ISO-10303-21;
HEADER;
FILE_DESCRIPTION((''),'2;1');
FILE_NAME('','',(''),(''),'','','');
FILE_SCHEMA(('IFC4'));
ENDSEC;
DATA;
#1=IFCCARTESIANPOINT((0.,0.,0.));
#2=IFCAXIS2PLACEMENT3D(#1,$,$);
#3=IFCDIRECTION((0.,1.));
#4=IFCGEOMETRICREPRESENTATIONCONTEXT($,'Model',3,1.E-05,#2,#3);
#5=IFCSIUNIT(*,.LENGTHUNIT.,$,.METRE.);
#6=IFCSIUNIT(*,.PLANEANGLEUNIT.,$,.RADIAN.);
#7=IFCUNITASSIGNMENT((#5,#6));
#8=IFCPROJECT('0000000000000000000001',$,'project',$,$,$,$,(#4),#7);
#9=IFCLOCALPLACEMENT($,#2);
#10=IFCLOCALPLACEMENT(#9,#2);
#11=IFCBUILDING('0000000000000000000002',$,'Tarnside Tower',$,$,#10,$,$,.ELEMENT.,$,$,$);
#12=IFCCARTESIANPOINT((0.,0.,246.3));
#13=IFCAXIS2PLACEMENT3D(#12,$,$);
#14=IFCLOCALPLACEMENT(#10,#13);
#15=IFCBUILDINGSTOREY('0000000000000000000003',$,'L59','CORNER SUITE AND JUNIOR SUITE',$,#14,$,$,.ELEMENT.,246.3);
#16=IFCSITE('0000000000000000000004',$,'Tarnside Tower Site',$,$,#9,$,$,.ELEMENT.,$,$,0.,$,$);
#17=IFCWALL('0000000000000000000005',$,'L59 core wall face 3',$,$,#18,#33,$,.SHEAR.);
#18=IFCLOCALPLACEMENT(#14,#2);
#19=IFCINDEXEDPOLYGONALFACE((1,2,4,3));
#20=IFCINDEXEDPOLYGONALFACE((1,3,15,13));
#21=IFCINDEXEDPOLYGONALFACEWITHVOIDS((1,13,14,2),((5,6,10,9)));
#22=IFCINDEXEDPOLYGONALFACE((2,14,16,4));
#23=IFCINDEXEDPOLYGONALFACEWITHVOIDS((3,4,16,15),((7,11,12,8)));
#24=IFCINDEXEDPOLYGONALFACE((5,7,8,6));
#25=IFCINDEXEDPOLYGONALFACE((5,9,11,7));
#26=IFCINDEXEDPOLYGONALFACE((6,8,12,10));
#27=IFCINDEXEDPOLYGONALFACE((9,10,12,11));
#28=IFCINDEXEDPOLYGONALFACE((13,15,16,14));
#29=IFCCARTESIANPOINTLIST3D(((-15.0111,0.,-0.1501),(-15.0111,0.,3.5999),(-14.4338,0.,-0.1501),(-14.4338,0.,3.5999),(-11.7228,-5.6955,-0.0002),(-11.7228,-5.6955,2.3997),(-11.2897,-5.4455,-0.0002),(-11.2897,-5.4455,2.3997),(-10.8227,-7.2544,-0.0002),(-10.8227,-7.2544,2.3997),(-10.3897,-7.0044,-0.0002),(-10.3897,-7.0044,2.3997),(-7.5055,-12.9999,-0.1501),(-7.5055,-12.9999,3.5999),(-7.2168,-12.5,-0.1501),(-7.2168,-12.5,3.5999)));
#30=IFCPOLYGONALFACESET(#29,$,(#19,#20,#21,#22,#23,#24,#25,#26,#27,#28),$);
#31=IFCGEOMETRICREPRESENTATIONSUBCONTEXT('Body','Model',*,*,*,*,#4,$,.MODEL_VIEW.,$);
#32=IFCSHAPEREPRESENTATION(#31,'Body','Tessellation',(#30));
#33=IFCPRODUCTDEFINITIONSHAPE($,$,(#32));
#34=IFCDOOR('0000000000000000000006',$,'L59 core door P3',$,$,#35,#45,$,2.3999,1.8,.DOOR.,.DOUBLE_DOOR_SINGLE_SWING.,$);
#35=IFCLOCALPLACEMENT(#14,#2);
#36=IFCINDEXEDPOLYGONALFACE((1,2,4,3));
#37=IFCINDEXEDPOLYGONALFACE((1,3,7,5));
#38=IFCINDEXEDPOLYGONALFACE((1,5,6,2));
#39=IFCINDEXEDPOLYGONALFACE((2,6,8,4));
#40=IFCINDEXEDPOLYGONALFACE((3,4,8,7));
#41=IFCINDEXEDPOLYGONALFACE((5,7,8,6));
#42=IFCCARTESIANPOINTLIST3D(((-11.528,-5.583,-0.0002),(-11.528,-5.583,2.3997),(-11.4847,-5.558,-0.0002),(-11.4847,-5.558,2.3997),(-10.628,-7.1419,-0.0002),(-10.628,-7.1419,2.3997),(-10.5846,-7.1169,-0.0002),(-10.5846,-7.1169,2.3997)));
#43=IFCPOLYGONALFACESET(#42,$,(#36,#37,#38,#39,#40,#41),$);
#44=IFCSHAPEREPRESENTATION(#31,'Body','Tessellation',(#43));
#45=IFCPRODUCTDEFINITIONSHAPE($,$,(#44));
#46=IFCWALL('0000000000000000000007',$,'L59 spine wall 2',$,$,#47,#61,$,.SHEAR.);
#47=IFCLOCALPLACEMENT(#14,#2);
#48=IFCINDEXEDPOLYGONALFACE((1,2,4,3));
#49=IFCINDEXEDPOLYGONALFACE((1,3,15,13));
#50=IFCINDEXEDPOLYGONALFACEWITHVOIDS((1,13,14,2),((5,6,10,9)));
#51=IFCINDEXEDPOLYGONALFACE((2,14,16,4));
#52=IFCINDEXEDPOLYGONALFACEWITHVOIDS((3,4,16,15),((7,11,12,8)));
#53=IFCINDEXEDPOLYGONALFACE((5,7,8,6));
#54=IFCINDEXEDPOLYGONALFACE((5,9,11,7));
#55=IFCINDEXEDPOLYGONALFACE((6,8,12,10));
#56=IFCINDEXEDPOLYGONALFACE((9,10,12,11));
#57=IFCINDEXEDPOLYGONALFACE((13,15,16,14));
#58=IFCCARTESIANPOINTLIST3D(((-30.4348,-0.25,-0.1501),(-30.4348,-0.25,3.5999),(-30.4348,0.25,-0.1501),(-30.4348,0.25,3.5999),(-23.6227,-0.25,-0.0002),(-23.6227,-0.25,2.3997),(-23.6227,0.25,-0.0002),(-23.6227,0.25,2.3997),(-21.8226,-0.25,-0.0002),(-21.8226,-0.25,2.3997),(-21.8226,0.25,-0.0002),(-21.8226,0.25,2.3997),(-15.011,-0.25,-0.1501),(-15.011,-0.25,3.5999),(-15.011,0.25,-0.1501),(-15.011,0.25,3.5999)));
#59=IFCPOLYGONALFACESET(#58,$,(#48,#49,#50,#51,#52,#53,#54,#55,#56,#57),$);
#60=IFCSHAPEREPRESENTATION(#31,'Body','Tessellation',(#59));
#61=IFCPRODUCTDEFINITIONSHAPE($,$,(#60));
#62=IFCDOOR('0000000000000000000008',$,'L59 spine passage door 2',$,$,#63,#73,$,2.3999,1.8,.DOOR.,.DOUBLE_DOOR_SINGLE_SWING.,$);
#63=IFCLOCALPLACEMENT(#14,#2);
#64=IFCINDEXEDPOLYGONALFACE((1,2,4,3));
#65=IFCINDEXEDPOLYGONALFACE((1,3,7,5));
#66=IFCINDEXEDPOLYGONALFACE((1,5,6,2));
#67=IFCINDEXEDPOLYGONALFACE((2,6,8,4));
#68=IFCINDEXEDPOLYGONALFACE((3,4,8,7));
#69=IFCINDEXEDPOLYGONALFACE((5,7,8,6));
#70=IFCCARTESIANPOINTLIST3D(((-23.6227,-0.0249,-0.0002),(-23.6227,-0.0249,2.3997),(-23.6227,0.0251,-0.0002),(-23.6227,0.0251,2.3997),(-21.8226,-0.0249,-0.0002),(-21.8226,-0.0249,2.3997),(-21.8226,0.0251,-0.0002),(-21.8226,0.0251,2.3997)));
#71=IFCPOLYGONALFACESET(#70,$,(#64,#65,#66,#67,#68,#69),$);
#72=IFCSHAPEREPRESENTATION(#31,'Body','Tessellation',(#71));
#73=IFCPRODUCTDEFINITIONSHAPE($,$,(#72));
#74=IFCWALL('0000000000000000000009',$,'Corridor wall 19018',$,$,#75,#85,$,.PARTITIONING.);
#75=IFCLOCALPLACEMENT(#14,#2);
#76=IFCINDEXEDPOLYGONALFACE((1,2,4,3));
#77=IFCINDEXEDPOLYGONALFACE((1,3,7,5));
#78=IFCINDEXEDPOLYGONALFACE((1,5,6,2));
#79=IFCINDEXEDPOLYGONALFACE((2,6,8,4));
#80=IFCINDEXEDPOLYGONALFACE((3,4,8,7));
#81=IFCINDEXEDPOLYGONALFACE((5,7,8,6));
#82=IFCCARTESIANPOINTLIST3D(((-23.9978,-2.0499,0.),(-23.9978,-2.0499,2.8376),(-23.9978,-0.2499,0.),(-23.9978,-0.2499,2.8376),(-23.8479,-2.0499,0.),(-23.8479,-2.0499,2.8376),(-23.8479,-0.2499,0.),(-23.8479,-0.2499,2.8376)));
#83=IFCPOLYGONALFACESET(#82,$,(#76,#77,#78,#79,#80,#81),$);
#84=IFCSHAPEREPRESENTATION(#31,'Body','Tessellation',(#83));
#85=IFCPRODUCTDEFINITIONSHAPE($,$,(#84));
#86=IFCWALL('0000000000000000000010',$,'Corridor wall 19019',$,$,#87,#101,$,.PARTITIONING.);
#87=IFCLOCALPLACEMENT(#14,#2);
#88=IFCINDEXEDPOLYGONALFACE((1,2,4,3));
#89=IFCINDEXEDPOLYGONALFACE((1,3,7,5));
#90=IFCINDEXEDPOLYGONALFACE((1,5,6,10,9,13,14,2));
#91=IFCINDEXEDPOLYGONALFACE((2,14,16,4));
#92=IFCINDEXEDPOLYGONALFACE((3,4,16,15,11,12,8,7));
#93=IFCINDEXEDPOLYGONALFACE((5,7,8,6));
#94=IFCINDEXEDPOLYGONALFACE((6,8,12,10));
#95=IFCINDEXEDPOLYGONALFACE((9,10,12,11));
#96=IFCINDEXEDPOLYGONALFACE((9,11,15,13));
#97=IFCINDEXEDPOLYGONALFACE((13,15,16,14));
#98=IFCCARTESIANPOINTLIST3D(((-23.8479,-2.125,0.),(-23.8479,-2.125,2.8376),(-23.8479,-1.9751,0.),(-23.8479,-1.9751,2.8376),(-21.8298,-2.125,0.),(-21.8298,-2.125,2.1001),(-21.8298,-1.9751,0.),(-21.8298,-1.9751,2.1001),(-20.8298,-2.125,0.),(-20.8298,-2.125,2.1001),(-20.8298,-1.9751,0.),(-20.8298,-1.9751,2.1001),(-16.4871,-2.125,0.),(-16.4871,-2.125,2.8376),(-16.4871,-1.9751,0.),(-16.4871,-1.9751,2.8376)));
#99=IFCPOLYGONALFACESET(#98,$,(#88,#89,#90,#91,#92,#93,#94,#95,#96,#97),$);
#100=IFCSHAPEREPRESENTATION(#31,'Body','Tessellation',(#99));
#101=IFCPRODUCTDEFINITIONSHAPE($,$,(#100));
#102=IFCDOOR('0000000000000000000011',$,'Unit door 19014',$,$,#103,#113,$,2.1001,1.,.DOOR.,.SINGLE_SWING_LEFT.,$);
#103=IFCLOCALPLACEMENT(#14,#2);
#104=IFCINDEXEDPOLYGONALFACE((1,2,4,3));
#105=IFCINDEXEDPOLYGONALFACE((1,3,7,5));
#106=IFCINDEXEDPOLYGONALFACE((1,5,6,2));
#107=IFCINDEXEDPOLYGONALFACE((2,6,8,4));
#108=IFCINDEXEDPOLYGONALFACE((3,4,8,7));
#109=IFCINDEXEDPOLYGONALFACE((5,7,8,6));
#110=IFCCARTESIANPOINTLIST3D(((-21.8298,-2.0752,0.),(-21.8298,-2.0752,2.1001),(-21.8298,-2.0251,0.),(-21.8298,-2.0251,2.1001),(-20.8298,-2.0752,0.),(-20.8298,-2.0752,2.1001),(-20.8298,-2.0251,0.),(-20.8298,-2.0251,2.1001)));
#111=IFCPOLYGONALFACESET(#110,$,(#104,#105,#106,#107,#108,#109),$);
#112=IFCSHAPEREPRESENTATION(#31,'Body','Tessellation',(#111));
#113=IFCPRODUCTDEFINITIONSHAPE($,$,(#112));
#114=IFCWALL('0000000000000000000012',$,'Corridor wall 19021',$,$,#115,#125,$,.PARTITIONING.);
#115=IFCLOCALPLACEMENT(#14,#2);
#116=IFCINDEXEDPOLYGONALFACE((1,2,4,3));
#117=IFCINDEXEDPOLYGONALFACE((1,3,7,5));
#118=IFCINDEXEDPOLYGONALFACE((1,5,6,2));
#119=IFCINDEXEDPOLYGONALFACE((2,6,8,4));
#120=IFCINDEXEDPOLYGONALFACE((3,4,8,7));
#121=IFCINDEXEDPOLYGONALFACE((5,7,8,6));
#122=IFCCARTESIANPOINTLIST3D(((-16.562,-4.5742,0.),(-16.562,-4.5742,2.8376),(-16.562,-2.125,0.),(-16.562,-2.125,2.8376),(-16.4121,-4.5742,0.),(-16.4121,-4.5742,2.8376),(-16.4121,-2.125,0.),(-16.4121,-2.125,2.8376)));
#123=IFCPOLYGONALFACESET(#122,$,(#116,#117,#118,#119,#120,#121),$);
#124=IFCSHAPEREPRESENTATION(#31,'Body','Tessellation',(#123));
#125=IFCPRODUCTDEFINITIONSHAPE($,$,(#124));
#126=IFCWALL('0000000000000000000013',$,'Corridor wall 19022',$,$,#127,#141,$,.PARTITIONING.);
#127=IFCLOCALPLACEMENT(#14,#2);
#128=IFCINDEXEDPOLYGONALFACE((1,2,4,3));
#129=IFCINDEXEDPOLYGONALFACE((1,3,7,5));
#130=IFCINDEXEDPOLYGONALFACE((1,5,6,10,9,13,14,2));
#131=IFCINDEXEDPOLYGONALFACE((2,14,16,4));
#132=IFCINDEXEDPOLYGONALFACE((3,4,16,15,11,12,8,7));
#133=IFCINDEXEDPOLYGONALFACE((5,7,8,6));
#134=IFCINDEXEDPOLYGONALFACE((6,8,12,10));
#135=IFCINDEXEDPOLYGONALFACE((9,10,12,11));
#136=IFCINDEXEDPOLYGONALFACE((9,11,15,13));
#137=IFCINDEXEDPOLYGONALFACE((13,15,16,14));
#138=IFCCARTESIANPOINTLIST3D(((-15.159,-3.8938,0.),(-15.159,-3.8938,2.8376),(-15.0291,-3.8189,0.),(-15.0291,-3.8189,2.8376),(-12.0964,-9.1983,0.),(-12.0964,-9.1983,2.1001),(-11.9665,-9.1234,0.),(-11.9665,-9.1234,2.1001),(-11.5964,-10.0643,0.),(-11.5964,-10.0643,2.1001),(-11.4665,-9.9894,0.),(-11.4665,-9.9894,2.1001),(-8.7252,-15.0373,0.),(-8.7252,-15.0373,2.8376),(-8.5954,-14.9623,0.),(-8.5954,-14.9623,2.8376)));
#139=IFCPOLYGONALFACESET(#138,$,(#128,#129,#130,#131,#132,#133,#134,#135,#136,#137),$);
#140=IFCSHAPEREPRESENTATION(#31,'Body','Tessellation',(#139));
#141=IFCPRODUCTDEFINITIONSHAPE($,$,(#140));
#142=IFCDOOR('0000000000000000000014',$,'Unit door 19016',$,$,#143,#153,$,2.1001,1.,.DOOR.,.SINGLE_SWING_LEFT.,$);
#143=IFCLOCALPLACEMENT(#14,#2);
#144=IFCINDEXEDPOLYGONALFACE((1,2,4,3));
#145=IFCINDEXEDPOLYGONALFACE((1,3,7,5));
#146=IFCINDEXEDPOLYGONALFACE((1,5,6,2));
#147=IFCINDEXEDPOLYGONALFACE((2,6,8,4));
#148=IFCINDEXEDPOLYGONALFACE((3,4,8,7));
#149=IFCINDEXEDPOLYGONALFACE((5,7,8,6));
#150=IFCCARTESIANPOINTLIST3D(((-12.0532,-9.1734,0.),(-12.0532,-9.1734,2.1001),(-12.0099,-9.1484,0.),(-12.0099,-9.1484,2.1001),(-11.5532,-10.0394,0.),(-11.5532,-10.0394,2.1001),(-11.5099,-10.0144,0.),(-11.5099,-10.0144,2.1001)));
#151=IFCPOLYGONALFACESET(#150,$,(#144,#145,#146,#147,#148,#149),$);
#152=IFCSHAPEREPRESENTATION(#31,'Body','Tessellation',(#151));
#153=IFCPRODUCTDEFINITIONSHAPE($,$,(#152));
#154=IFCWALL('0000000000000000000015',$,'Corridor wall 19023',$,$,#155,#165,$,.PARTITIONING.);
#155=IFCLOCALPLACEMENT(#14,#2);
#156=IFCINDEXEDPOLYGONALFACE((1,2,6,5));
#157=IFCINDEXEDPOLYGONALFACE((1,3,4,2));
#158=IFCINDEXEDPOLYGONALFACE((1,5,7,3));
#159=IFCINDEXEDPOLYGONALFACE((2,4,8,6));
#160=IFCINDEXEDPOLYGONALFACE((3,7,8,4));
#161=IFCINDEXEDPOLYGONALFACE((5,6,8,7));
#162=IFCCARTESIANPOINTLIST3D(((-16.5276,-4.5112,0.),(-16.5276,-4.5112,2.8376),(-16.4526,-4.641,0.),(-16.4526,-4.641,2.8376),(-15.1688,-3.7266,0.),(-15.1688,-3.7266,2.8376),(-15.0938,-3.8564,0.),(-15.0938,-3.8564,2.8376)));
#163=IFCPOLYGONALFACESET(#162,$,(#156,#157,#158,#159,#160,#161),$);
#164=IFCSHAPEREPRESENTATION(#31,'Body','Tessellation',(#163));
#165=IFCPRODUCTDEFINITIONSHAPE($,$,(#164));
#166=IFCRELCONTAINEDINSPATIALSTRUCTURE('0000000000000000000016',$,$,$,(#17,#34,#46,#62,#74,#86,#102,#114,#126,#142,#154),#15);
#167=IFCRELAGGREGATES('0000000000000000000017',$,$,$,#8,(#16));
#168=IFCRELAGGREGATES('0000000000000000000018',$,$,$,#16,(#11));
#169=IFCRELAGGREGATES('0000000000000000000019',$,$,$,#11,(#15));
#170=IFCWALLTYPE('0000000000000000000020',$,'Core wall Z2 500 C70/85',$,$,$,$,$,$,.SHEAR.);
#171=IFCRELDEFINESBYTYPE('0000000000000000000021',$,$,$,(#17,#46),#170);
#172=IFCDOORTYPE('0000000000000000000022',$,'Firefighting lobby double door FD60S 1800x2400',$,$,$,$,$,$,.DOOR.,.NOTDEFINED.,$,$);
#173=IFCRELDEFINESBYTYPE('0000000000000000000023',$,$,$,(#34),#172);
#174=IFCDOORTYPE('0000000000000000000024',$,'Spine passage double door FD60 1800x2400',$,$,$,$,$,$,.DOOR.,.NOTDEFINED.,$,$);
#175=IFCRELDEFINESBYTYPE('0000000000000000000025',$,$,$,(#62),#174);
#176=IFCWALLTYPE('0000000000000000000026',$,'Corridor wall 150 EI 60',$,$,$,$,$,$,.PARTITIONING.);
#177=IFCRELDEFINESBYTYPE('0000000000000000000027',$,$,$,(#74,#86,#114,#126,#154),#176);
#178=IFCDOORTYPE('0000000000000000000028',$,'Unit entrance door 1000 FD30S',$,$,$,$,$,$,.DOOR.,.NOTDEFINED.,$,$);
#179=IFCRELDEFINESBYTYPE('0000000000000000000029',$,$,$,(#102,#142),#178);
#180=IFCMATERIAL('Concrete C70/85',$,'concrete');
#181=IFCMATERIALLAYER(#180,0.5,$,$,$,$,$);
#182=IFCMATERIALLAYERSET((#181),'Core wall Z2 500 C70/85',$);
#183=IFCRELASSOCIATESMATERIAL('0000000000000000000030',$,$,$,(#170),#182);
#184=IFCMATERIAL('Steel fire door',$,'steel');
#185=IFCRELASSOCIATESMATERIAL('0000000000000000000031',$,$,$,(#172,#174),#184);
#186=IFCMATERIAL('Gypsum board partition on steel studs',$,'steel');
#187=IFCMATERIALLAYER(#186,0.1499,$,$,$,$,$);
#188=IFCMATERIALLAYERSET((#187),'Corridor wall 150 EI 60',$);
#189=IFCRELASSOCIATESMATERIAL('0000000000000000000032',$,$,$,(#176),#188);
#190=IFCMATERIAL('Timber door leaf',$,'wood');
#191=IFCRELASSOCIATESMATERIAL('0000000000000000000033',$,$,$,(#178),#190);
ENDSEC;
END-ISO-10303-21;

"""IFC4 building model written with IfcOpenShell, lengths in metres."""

from ifc_helpers import new_model, si_unit, direction, frame, frame_2d, origin, place, context, subcontext, project, spatial, polyline, rectangle, outline, extrude, material, layer, layer_set, type_object, element, fill, save


model = new_model("IFC4")

# Units and contexts
model_context = context("Model", 3, precision=1e-05, world=origin(), true_north=direction((0.0, 1.0)))
body_context = subcontext(model_context, "Body", "Model", "MODEL_VIEW")
ifc_project = project(units=[si_unit("LENGTHUNIT", "METRE"), si_unit("PLANEANGLEUNIT", "RADIAN")], contexts=[model_context])

# Site, building, storey
site_placement = place(None, origin())
site = spatial("IfcSite", under=ifc_project, at=site_placement, Name="Tarnside Tower Site", CompositionType="ELEMENT", RefElevation=0.0)
building_placement = place(site_placement, origin())
building = spatial("IfcBuilding", under=site, at=building_placement, Name="Tarnside Tower", CompositionType="ELEMENT")
storey_placement = place(building_placement, frame((0.0, 0.0, 246.3)))
storey = spatial("IfcBuildingStorey", under=building, at=storey_placement, Name="L59", Description="CORNER SUITE AND JUNIOR SUITE", CompositionType="ELEMENT", Elevation=246.3)

# Shared definitions
ifc_material_1 = material(Name="Gypsum board partition on steel studs", Category="steel")

# Walls, openings, doors
ifc_material_2 = material(Name="Timber door leaf", Category="wood")
ifc_material_3 = material(Name="Concrete C70/85", Category="concrete")
ifc_layer_1 = layer(ifc_material_3, 0.5)
ifc_layer_set_1 = layer_set([ifc_layer_1], Name="Core wall Z2 500 C70/85")
wall_type_1 = type_object("IfcWallType", Name="Core wall Z2 500 C70/85", PredefinedType="SHEAR", material=ifc_layer_set_1)
wall_1_placement = place(storey_placement, frame((-14.7224, 0.0, -0.1501), z_axis=(0.0, 0.0, 1.0), x_axis=(0.500006, -0.866022, 0.0)))
wall_1 = element("IfcWall", 1, at=wall_1_placement, inside=storey, type_object=wall_type_1, Name="L59 core wall face 3", PredefinedType="SHEAR", context=body_context, shape_type="SweptSolid", body=[
    extrude(outline(polyline([(-0.1443, -0.25), (14.8667, -0.25), (14.5781, 0.25), (0.1443, 0.25), (-0.1443, -0.25)])), origin(), (0.0, 0.0, 1.0), 3.75),
])
opening_1_placement = place(wall_1_placement, frame((6.4324, 0.0, 0.1499)))
opening_1 = element("IfcOpeningElement", 2, at=opening_1_placement, cuts=wall_1, PredefinedType="OPENING", context=body_context, shape_type="SweptSolid", body=[
    extrude(rectangle(XDim=1.8, YDim=2.3999, at=frame_2d((0.8999, 1.2))), frame((0.0, 0.26, 0.0), z_axis=(0.0, -1.0, 0.0), x_axis=(1.0, 0.0, 0.0)), (0.0, 0.0, 1.0), 0.52),
])
ifc_material_4 = material(Name="Steel fire door", Category="steel")
door_type_1 = type_object("IfcDoorType", Name="Firefighting lobby double door FD60S 1800x2400", OperationType="NOTDEFINED", PredefinedType="DOOR", material=ifc_material_4)
door_1_placement = place(opening_1_placement, origin())
door_1 = element("IfcDoor", 3, at=door_1_placement, inside=storey, type_object=door_type_1, Name="L59 core door P3", OperationType="DOUBLE_DOOR_SINGLE_SWING", OverallHeight=2.3999, OverallWidth=1.8, PredefinedType="DOOR", context=body_context, shape_type="SweptSolid", body=[
    extrude(rectangle(XDim=1.8, YDim=2.3999, at=frame_2d((0.8999, 1.2))), frame((0.0, 0.0249, 0.0), z_axis=(0.0, -1.0, 0.0), x_axis=(1.0, 0.0, 0.0)), (0.0, 0.0, 1.0), 0.05),
])
fill(opening_1, door_1)
wall_2_placement = place(storey_placement, frame((-15.011, 0.0, -0.1501), z_axis=(0.0, 0.0, 1.0), x_axis=(-1.0, 0.0, 0.0)))
wall_2 = element("IfcWall", 4, at=wall_2_placement, inside=storey, type_object=wall_type_1, Name="L59 spine wall 2", PredefinedType="SHEAR", context=body_context, shape_type="SweptSolid", body=[
    extrude(rectangle(XDim=15.4238, YDim=0.5, at=frame_2d((7.7119, 0.0))), origin(), (0.0, 0.0, 1.0), 3.75),
])
opening_2_placement = place(wall_2_placement, frame((6.8118, 0.0, 0.1499)))
opening_2 = element("IfcOpeningElement", 5, at=opening_2_placement, cuts=wall_2, PredefinedType="OPENING", context=body_context, shape_type="SweptSolid", body=[
    extrude(rectangle(XDim=1.8, YDim=2.3999, at=frame_2d((0.8999, 1.2))), frame((0.0, 0.26, 0.0), z_axis=(0.0, -1.0, 0.0), x_axis=(1.0, 0.0, 0.0)), (0.0, 0.0, 1.0), 0.52),
])
door_type_2 = type_object("IfcDoorType", Name="Spine passage double door FD60 1800x2400", OperationType="NOTDEFINED", PredefinedType="DOOR", material=ifc_material_4)
door_2_placement = place(opening_2_placement, origin())
door_2 = element("IfcDoor", 6, at=door_2_placement, inside=storey, type_object=door_type_2, Name="L59 spine passage door 2", OperationType="DOUBLE_DOOR_SINGLE_SWING", OverallHeight=2.3999, OverallWidth=1.8, PredefinedType="DOOR", context=body_context, shape_type="SweptSolid", body=[
    extrude(rectangle(XDim=1.8, YDim=2.3999, at=frame_2d((0.8999, 1.2))), frame((0.0, 0.0249, 0.0), z_axis=(0.0, -1.0, 0.0), x_axis=(1.0, 0.0, 0.0)), (0.0, 0.0, 1.0), 0.05),
])
fill(opening_2, door_2)

# Wall
ifc_layer_2 = layer(ifc_material_1, 0.1499)
ifc_layer_set_2 = layer_set([ifc_layer_2], Name="Corridor wall 150 EI 60")
wall_type_2 = type_object("IfcWallType", Name="Corridor wall 150 EI 60", PredefinedType="PARTITIONING", material=ifc_layer_set_2)
wall_3_placement = place(storey_placement, frame((-23.9229, -0.25, 0.0), z_axis=(0.0, 0.0, 1.0), x_axis=(0.0, -1.0, 0.0)))
element("IfcWall", 7, at=wall_3_placement, inside=storey, type_object=wall_type_2, Name="Corridor wall 19018", PredefinedType="PARTITIONING", context=body_context, shape_type="SweptSolid", body=[
    extrude(rectangle(XDim=1.8, YDim=0.1499, at=frame_2d((0.8999, 0.0))), origin(), (0.0, 0.0, 1.0), 2.8376),
])

# Wall, opening, door
wall_4_placement = place(storey_placement, frame((-23.8479, -2.05, 0.0), z_axis=(0.0, 0.0, 1.0), x_axis=(1.0, 0.0, 0.0)))
wall_4 = element("IfcWall", 8, at=wall_4_placement, inside=storey, type_object=wall_type_2, Name="Corridor wall 19019", PredefinedType="PARTITIONING", context=body_context, shape_type="SweptSolid", body=[
    extrude(rectangle(XDim=7.3608, YDim=0.1499, at=frame_2d((3.6804, 0.0))), origin(), (0.0, 0.0, 1.0), 2.8376),
])
opening_3_placement = place(wall_4_placement, frame((2.0181, 0.0, 0.0)))
opening_3 = element("IfcOpeningElement", 9, at=opening_3_placement, cuts=wall_4, PredefinedType="OPENING", context=body_context, shape_type="SweptSolid", body=[
    extrude(rectangle(XDim=1.0, YDim=2.1001, at=frame_2d((0.5, 1.05))), frame((0.0, 0.085, 0.0), z_axis=(0.0, -1.0, 0.0), x_axis=(1.0, 0.0, 0.0)), (0.0, 0.0, 1.0), 0.1699),
])
door_type_3 = type_object("IfcDoorType", Name="Unit entrance door 1000 FD30S", OperationType="NOTDEFINED", PredefinedType="DOOR", material=ifc_material_2)
door_3_placement = place(opening_3_placement, origin())
door_3 = element("IfcDoor", 10, at=door_3_placement, inside=storey, type_object=door_type_3, Name="Unit door 19014", OperationType="SINGLE_SWING_LEFT", OverallHeight=2.1001, OverallWidth=1.0, PredefinedType="DOOR", context=body_context, shape_type="SweptSolid", body=[
    extrude(rectangle(XDim=1.0, YDim=2.1001, at=frame_2d((0.5, 1.05))), frame((0.0, 0.0249, 0.0), z_axis=(0.0, -1.0, 0.0), x_axis=(1.0, 0.0, 0.0)), (0.0, 0.0, 1.0), 0.05),
])
fill(opening_3, door_3)

# Wall
wall_5_placement = place(storey_placement, frame((-16.4871, -2.125, 0.0), z_axis=(0.0, 0.0, 1.0), x_axis=(0.0, -1.0, 0.0)))
element("IfcWall", 11, at=wall_5_placement, inside=storey, type_object=wall_type_2, Name="Corridor wall 19021", PredefinedType="PARTITIONING", context=body_context, shape_type="SweptSolid", body=[
    extrude(rectangle(XDim=2.4492, YDim=0.1499, at=frame_2d((1.2246, 0.0))), origin(), (0.0, 0.0, 1.0), 2.8376),
])

# Wall, opening, door
wall_6_placement = place(storey_placement, frame((-15.094, -3.8564, 0.0), z_axis=(0.0, 0.0, 1.0), x_axis=(0.500006, -0.866022, 0.0)))
wall_6 = element("IfcWall", 12, at=wall_6_placement, inside=storey, type_object=wall_type_2, Name="Corridor wall 19022", PredefinedType="PARTITIONING", context=body_context, shape_type="SweptSolid", body=[
    extrude(rectangle(XDim=12.8674, YDim=0.1499, at=frame_2d((6.4336, 0.0))), origin(), (0.0, 0.0, 1.0), 2.8376),
])
opening_4_placement = place(wall_6_placement, frame((6.125, 0.0, 0.0)))
opening_4 = element("IfcOpeningElement", 13, at=opening_4_placement, cuts=wall_6, PredefinedType="OPENING", context=body_context, shape_type="SweptSolid", body=[
    extrude(rectangle(XDim=1.0, YDim=2.1001, at=frame_2d((0.5, 1.05))), frame((0.0, 0.085, 0.0), z_axis=(0.0, -1.0, 0.0), x_axis=(1.0, 0.0, 0.0)), (0.0, 0.0, 1.0), 0.1699),
])
door_4_placement = place(opening_4_placement, origin())
door_4 = element("IfcDoor", 14, at=door_4_placement, inside=storey, type_object=door_type_3, Name="Unit door 19016", OperationType="SINGLE_SWING_LEFT", OverallHeight=2.1001, OverallWidth=1.0, PredefinedType="DOOR", context=body_context, shape_type="SweptSolid", body=[
    extrude(rectangle(XDim=1.0, YDim=2.1001, at=frame_2d((0.5, 1.05))), frame((0.0, 0.0249, 0.0), z_axis=(0.0, -1.0, 0.0), x_axis=(1.0, 0.0, 0.0)), (0.0, 0.0, 1.0), 0.05),
])
fill(opening_4, door_4)

# Wall
wall_7_placement = place(storey_placement, frame((-16.4902, -4.5762, 0.0), z_axis=(0.0, 0.0, 1.0), x_axis=(0.865994, 0.500055, 0.0)))
element("IfcWall", 15, at=wall_7_placement, inside=storey, type_object=wall_type_2, Name="Corridor wall 19023", PredefinedType="PARTITIONING", context=body_context, shape_type="SweptSolid", body=[
    extrude(rectangle(XDim=1.5691, YDim=0.1499, at=frame_2d((0.7847, 0.0))), origin(), (0.0, 0.0, 1.0), 2.8376),
])

save(model, "model.ifc")
